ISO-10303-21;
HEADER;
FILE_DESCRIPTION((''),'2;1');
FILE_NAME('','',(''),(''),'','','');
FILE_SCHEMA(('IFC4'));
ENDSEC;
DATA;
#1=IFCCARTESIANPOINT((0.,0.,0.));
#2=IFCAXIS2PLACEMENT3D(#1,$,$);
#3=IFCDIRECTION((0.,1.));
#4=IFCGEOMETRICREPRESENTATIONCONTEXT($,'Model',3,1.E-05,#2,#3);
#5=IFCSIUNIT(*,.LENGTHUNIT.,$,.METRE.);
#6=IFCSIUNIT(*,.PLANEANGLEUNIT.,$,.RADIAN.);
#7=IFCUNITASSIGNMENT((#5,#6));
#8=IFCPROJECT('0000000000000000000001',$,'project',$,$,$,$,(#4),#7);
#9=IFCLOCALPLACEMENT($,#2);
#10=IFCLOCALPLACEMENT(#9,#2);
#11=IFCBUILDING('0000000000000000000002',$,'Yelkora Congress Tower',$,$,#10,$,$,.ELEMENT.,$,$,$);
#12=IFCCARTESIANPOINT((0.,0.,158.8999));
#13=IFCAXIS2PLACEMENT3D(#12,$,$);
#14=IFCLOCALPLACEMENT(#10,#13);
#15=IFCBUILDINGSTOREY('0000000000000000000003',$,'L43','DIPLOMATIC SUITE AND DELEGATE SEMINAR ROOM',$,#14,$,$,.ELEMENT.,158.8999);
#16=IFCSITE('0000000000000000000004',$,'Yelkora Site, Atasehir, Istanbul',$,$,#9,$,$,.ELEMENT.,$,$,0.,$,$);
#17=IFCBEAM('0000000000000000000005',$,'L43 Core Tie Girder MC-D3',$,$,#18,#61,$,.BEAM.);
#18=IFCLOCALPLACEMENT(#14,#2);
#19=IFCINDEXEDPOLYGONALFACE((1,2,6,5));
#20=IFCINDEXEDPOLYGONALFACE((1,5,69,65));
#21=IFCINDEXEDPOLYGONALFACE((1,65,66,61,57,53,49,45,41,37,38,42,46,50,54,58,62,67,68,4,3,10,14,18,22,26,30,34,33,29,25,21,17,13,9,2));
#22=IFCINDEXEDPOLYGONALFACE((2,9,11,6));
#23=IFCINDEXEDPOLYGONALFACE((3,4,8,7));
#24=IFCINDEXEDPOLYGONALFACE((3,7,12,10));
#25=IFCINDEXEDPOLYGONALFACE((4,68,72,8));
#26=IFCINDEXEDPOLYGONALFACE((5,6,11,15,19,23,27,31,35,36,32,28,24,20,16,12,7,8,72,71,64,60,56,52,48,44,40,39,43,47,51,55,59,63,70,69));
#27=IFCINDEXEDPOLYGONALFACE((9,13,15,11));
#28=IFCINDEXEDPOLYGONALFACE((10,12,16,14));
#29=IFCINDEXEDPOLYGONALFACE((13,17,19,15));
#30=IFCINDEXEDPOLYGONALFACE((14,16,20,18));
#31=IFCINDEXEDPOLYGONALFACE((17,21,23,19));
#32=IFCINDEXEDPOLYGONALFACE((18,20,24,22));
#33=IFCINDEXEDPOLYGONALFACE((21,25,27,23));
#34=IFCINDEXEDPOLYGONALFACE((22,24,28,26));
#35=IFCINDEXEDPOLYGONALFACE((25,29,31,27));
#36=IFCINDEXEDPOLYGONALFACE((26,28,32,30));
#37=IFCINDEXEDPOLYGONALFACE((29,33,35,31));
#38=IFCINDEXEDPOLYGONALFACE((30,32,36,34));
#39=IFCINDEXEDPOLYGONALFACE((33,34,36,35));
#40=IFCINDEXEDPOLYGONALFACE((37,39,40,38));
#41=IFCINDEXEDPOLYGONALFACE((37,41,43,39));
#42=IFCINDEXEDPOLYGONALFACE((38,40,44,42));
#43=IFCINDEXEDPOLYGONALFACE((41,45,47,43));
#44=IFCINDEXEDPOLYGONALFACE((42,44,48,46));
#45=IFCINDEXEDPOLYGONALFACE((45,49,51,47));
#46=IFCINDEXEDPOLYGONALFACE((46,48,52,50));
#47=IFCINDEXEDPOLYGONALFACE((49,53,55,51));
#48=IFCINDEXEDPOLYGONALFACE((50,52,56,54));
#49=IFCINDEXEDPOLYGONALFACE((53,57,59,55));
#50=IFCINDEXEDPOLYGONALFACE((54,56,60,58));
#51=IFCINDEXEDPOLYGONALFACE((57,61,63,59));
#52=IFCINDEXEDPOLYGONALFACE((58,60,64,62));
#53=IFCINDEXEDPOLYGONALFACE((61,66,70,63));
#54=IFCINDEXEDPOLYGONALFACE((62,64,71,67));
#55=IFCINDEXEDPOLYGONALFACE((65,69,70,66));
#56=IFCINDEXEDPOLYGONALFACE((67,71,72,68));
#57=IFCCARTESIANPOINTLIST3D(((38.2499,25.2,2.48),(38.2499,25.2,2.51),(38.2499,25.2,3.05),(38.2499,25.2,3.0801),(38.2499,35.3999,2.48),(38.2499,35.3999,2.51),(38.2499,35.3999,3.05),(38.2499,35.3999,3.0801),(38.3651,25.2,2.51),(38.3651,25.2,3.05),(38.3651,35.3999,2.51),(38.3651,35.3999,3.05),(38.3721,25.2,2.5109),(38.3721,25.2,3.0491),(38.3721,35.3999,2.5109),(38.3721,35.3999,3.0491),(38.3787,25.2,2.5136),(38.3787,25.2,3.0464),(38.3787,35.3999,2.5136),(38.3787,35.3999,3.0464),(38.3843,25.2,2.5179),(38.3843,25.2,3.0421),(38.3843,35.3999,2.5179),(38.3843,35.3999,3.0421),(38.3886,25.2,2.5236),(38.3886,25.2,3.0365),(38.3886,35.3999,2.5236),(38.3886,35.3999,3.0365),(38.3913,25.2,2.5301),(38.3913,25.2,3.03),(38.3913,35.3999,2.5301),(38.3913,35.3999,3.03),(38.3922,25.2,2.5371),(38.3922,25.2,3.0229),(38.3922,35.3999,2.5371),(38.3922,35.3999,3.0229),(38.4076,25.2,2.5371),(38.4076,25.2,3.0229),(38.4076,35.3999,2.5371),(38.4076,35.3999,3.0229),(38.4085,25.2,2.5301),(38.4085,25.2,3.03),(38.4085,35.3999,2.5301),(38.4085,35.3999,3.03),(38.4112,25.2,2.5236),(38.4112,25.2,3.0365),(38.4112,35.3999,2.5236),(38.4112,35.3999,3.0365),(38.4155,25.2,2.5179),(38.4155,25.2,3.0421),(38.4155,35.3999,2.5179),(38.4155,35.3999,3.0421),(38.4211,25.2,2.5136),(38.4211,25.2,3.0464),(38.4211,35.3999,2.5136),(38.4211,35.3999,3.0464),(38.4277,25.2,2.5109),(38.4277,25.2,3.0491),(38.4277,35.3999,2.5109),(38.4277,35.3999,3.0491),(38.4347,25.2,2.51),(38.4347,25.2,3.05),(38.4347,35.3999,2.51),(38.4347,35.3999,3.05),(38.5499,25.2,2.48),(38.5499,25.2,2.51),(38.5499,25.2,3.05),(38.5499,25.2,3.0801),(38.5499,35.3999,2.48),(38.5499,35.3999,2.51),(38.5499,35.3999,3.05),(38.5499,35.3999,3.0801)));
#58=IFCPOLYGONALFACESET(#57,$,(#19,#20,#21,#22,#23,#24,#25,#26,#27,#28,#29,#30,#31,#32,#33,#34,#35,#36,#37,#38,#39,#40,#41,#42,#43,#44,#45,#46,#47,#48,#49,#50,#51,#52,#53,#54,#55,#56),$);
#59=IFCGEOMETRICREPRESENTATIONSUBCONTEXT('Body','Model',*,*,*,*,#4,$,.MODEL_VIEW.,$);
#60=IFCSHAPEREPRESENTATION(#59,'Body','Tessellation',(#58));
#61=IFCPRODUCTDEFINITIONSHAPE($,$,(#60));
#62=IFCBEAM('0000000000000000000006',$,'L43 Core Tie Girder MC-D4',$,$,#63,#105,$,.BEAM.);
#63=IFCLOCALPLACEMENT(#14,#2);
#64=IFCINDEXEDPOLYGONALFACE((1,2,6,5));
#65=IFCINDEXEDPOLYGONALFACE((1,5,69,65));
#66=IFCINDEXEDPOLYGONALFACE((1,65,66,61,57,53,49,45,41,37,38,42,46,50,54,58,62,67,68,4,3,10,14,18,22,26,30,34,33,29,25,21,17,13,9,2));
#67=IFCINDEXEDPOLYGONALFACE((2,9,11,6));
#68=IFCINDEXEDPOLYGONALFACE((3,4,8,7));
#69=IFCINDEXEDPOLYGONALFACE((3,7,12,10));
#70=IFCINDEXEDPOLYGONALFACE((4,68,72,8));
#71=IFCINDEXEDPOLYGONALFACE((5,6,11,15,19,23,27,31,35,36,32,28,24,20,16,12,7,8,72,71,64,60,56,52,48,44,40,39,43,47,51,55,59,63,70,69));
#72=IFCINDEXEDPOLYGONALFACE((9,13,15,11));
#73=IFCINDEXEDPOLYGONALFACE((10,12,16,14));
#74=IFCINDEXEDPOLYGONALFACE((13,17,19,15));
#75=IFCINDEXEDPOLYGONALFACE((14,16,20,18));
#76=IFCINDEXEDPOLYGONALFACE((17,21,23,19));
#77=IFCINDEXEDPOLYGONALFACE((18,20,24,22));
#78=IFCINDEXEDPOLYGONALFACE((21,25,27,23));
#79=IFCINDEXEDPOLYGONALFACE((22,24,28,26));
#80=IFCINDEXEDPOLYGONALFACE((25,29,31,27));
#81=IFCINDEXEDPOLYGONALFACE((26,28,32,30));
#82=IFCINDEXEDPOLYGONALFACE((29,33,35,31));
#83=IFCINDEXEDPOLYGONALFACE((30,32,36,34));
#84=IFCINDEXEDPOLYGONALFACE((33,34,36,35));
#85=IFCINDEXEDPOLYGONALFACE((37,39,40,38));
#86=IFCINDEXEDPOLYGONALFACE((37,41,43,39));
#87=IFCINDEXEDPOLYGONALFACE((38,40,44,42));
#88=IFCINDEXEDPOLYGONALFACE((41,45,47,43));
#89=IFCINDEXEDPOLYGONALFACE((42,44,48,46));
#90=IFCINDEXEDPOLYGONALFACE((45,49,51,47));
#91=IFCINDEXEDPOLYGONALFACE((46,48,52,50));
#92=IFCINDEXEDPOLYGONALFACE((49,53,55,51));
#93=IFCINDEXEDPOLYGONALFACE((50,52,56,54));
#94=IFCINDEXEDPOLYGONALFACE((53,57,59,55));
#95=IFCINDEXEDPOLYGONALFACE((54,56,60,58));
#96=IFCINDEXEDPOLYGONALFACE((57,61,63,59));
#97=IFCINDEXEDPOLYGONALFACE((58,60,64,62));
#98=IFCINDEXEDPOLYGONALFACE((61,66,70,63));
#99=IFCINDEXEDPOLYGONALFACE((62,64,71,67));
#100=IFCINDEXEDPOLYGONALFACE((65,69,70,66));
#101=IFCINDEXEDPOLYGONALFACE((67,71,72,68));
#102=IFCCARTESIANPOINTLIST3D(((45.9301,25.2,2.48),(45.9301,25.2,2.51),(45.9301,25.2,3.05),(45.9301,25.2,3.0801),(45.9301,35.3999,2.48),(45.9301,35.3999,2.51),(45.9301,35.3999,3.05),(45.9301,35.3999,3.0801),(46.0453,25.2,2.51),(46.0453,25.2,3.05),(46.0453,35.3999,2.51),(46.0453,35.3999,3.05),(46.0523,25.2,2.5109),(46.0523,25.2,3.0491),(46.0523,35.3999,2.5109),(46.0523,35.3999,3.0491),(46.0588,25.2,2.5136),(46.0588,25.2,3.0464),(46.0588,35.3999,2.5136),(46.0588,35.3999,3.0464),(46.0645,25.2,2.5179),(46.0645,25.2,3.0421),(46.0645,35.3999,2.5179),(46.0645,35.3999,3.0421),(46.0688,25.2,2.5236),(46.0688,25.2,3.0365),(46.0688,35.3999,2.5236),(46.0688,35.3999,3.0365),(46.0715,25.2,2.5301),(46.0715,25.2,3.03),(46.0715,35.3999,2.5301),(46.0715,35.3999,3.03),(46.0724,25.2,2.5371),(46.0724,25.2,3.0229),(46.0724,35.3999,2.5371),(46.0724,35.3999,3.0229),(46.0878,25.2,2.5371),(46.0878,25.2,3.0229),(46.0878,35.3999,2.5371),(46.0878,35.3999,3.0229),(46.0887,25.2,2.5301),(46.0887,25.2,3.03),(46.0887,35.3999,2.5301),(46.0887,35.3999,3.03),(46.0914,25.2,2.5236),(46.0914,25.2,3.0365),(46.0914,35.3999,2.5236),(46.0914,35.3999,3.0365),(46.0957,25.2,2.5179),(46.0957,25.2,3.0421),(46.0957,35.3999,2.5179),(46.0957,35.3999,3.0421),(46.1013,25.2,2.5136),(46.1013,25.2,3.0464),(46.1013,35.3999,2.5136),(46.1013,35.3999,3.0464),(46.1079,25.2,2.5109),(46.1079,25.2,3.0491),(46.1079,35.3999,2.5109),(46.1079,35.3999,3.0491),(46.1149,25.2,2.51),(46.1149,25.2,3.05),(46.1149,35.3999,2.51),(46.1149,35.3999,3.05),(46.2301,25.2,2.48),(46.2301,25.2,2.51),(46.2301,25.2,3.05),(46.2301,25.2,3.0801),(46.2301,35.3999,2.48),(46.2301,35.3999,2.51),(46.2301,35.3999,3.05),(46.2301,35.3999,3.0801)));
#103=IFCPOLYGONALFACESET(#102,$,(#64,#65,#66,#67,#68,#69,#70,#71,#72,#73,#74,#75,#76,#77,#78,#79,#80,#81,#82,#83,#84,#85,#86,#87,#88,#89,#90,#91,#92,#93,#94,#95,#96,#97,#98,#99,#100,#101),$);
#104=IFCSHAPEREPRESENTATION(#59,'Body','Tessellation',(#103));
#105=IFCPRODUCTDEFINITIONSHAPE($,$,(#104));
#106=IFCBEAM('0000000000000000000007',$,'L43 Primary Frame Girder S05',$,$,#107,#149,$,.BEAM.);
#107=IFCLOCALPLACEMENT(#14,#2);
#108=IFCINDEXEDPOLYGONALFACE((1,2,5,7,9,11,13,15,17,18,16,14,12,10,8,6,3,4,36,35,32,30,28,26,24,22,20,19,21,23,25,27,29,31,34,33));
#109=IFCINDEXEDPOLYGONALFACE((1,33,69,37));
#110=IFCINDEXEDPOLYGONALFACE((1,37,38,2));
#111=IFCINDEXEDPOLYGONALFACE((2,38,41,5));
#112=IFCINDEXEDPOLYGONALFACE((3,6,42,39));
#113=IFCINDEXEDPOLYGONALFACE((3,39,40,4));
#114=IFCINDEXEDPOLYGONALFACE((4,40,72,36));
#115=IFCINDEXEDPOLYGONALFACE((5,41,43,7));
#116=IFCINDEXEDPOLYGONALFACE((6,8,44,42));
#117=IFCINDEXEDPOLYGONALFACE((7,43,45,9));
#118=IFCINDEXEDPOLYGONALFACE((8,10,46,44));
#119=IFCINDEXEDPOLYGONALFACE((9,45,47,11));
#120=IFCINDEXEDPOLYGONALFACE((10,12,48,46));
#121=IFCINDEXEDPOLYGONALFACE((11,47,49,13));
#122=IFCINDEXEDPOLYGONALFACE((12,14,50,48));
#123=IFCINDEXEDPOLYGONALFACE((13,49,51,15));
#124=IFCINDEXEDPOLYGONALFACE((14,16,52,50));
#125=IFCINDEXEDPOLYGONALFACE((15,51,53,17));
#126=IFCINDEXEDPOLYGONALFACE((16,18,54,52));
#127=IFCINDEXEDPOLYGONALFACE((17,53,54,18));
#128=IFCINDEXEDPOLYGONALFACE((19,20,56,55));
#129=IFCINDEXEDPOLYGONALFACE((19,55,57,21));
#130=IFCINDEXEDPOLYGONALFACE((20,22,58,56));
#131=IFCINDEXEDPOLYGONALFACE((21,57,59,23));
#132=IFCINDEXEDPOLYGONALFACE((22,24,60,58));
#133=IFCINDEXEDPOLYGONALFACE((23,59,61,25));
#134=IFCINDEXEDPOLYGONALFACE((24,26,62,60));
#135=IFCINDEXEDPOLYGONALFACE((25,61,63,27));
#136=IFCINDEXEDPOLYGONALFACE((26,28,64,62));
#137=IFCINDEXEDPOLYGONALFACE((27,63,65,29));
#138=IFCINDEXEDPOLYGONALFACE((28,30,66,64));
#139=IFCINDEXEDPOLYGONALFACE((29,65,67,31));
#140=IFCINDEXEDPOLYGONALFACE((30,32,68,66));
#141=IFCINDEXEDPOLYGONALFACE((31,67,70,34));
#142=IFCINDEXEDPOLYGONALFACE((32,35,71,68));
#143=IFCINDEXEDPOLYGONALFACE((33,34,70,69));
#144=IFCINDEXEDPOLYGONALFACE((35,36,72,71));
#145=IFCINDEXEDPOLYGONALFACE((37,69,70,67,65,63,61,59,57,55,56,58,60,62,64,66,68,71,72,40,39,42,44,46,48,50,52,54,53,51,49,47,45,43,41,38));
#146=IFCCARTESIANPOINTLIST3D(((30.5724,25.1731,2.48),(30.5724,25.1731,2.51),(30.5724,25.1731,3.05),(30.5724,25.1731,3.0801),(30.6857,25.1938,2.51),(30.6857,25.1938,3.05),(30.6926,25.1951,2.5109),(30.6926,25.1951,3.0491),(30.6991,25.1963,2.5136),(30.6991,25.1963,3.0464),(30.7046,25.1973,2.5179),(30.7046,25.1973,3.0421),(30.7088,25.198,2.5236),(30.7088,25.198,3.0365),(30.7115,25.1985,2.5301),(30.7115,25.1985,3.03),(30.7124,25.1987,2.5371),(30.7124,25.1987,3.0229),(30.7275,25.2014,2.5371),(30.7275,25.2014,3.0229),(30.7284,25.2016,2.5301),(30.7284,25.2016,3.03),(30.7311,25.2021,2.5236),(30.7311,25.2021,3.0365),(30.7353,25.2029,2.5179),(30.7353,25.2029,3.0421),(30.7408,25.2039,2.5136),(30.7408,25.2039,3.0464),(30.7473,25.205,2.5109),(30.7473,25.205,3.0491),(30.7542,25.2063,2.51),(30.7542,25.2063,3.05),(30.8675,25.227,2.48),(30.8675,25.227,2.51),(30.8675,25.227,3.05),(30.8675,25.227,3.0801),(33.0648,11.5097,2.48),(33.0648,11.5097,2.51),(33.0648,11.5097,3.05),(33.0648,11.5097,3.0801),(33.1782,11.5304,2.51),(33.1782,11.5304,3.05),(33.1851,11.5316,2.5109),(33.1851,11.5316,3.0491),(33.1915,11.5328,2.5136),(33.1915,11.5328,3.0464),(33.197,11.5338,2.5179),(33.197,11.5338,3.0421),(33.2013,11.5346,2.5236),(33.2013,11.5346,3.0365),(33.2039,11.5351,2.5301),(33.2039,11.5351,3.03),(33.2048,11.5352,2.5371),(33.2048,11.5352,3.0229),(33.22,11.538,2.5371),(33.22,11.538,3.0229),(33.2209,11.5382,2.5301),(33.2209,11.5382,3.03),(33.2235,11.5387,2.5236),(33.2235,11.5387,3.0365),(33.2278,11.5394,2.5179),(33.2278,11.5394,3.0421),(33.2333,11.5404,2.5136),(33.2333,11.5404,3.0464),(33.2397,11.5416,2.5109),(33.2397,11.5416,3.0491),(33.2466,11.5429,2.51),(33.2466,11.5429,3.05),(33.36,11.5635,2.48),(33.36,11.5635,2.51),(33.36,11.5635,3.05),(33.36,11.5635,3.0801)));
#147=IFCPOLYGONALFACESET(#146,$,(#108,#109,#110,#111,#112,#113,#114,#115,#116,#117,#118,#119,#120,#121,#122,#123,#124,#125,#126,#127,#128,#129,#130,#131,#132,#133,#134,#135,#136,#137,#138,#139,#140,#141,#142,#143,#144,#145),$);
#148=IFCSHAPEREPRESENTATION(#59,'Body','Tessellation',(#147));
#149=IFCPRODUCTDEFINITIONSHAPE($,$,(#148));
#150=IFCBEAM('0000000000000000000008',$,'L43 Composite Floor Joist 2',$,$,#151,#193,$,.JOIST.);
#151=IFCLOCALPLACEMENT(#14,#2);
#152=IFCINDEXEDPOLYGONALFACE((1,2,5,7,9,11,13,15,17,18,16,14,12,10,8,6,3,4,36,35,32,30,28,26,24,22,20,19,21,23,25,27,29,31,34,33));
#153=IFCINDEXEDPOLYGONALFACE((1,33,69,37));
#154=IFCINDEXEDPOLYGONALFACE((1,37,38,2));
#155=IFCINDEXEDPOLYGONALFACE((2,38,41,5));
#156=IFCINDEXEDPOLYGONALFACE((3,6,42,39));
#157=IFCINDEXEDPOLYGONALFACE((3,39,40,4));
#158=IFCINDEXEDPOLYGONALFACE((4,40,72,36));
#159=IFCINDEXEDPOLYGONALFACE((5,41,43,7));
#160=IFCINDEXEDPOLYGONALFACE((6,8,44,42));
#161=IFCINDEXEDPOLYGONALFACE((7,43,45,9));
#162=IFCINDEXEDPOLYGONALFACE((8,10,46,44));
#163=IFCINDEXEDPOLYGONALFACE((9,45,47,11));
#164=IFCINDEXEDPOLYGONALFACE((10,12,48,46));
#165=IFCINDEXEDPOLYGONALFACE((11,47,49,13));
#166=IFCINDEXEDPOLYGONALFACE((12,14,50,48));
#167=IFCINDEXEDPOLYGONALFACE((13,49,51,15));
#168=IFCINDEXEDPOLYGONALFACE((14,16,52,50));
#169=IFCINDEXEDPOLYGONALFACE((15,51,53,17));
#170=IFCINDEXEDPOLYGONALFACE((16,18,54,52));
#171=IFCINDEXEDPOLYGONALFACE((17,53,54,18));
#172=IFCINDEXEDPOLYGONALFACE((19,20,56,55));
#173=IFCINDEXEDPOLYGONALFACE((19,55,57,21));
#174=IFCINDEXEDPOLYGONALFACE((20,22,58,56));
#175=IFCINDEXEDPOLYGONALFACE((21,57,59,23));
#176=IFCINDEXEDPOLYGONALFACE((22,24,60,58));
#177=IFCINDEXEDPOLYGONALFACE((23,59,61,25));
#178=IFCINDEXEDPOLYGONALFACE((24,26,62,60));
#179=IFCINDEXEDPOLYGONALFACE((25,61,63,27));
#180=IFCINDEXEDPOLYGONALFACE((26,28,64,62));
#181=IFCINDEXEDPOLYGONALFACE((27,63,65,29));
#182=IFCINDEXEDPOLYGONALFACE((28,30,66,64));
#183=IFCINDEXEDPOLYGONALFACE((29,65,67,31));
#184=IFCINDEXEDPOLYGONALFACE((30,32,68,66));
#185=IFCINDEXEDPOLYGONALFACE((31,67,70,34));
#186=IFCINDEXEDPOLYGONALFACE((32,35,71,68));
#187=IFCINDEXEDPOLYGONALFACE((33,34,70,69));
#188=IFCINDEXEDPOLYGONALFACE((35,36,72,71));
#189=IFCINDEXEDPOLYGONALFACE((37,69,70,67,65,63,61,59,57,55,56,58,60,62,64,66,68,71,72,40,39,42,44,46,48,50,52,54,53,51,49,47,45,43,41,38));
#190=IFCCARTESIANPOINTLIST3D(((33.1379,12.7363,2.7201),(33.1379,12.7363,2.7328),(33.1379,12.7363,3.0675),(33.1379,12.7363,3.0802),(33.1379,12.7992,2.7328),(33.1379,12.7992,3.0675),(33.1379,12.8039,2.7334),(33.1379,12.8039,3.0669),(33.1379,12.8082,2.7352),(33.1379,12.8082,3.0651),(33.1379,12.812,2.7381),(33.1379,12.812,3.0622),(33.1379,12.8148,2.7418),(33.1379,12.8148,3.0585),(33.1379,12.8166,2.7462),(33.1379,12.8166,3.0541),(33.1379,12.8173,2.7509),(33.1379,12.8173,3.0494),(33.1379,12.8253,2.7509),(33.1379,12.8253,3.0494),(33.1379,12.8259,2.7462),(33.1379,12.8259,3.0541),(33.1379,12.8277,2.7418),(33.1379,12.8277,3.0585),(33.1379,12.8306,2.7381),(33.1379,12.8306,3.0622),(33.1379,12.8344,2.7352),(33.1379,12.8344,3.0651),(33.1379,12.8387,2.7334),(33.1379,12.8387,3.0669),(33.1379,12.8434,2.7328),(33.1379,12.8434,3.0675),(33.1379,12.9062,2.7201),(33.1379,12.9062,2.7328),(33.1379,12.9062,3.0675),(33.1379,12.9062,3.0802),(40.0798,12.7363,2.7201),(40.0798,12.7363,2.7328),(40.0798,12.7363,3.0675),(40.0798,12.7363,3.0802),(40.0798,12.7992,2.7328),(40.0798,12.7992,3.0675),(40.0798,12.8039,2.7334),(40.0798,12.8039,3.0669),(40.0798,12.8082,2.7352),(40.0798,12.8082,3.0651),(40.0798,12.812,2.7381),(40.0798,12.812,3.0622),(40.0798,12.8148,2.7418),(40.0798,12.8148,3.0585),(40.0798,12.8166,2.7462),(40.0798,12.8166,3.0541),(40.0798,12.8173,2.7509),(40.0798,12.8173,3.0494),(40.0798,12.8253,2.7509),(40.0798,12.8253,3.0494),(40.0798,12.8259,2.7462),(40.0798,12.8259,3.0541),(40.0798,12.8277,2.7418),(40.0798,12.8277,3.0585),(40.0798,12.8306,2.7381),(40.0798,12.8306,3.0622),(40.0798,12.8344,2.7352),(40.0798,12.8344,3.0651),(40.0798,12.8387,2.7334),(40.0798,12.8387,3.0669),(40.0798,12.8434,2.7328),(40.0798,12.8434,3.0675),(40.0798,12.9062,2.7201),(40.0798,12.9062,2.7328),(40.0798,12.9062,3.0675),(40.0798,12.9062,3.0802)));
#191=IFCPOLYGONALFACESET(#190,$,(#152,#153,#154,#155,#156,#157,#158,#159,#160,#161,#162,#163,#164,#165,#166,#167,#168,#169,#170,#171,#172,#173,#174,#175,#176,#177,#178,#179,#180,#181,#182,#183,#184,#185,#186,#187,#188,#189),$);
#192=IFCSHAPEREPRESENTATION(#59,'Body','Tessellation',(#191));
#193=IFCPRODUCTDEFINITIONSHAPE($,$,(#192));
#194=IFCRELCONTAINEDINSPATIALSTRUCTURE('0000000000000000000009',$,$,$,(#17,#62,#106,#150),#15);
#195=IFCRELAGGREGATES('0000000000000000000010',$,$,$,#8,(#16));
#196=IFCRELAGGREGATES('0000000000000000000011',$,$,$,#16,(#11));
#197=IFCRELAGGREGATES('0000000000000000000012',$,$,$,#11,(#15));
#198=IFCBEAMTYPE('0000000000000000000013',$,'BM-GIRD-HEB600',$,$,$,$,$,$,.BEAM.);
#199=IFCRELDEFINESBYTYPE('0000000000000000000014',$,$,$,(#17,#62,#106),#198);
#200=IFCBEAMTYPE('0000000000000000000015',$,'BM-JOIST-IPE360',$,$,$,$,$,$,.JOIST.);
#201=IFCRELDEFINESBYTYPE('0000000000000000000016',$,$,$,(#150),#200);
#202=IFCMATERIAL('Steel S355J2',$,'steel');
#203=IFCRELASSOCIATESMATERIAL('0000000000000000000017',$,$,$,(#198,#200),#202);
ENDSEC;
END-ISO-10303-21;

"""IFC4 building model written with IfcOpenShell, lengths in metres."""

from ifc_helpers import new_model, si_unit, direction, frame, origin, origin_2d, place, context, subcontext, project, spatial, i_section, extrude, material, material_profile, profile_set, type_object, element, save


model = new_model("IFC4")

# Units and contexts
model_context = context("Model", 3, precision=1e-05, world=origin(), true_north=direction((0.0, 1.0)))
body_context = subcontext(model_context, "Body", "Model", "MODEL_VIEW")
ifc_project = project(units=[si_unit("LENGTHUNIT", "METRE"), si_unit("PLANEANGLEUNIT", "RADIAN")], contexts=[model_context])

# Site, building, storey
site_placement = place(None, origin())
site = spatial("IfcSite", under=ifc_project, at=site_placement, Name="Yelkora Site, Atasehir, Istanbul", CompositionType="ELEMENT", RefElevation=0.0)
building_placement = place(site_placement, origin())
building = spatial("IfcBuilding", under=site, at=building_placement, Name="Yelkora Congress Tower", CompositionType="ELEMENT")
storey_placement = place(building_placement, frame((0.0, 0.0, 158.8999)))
storey = spatial("IfcBuildingStorey", under=building, at=storey_placement, Name="L43", Description="DIPLOMATIC SUITE AND DELEGATE SEMINAR ROOM", CompositionType="ELEMENT", Elevation=158.8999)

# Beams
ifc_material_1 = material(Name="Steel S355J2", Category="steel")
ifc_material_profile_1 = material_profile(ifc_material_1, i_section(OverallWidth=0.3, OverallDepth=0.6001, WebThickness=0.0154, FlangeThickness=0.03, FilletRadius=0.0271, at=origin_2d()), Name="HEB 600")
ifc_profile_set_1 = profile_set([ifc_material_profile_1], Name="Steel S355J2")
beam_type_1 = type_object("IfcBeamType", Name="BM-GIRD-HEB600", PredefinedType="BEAM", material=ifc_profile_set_1)
for number, where, z_axis, x_axis, name in (
    (1, (38.3999, 25.2, 2.78), (0.0, 1.0, 0.0), (-1.0, 0.0, 0.0), "L43 Core Tie Girder MC-D3"),
    (2, (46.0801, 25.2, 2.78), (0.0, 1.0, 0.0), (-1.0, 0.0, 0.0), "L43 Core Tie Girder MC-D4"),
):
    element("IfcBeam", number, at=place(storey_placement, frame(where, z_axis=z_axis, x_axis=x_axis)), inside=storey, type_object=beam_type_1, Name=name, PredefinedType="BEAM", context=body_context, shape_type="SweptSolid", body=[
        extrude(i_section(OverallWidth=0.3, OverallDepth=0.6001, WebThickness=0.0154, FlangeThickness=0.03, FilletRadius=0.0271, at=origin_2d()), origin(), (0.0, 0.0, 1.0), 10.2),
    ])
beam_1_placement = place(storey_placement, frame((33.2124, 11.5366, 2.78), z_axis=(-0.179456, 0.983766, 0.0), x_axis=(-0.983766, -0.179456, 0.0)))
element("IfcBeam", 3, at=beam_1_placement, inside=storey, type_object=beam_type_1, Name="L43 Primary Frame Girder S05", PredefinedType="BEAM", context=body_context, shape_type="SweptSolid", body=[
    extrude(i_section(OverallWidth=0.3, OverallDepth=0.6001, WebThickness=0.0154, FlangeThickness=0.03, FilletRadius=0.0271, at=origin_2d()), origin(), (0.0, 0.0, 1.0), 13.8889),
])
ifc_material_profile_2 = material_profile(ifc_material_1, i_section(OverallWidth=0.1699, OverallDepth=0.3601, WebThickness=0.0081, FlangeThickness=0.0127, FilletRadius=0.0181, at=origin_2d()), Name="IPE 360")
ifc_profile_set_2 = profile_set([ifc_material_profile_2], Name="Steel S355J2")
beam_type_2 = type_object("IfcBeamType", Name="BM-JOIST-IPE360", PredefinedType="JOIST", material=ifc_profile_set_2)
beam_2_placement = place(storey_placement, frame((33.1379, 12.8213, 2.9001), z_axis=(1.0, 0.0, 0.0), x_axis=(0.0, 1.0, 0.0)))
element("IfcBeam", 4, at=beam_2_placement, inside=storey, type_object=beam_type_2, Name="L43 Composite Floor Joist 2", PredefinedType="JOIST", context=body_context, shape_type="SweptSolid", body=[
    extrude(i_section(OverallWidth=0.1699, OverallDepth=0.3601, WebThickness=0.0081, FlangeThickness=0.0127, FilletRadius=0.0181, at=origin_2d()), origin(), (0.0, 0.0, 1.0), 6.9419),
])

save(model, "model.ifc")
